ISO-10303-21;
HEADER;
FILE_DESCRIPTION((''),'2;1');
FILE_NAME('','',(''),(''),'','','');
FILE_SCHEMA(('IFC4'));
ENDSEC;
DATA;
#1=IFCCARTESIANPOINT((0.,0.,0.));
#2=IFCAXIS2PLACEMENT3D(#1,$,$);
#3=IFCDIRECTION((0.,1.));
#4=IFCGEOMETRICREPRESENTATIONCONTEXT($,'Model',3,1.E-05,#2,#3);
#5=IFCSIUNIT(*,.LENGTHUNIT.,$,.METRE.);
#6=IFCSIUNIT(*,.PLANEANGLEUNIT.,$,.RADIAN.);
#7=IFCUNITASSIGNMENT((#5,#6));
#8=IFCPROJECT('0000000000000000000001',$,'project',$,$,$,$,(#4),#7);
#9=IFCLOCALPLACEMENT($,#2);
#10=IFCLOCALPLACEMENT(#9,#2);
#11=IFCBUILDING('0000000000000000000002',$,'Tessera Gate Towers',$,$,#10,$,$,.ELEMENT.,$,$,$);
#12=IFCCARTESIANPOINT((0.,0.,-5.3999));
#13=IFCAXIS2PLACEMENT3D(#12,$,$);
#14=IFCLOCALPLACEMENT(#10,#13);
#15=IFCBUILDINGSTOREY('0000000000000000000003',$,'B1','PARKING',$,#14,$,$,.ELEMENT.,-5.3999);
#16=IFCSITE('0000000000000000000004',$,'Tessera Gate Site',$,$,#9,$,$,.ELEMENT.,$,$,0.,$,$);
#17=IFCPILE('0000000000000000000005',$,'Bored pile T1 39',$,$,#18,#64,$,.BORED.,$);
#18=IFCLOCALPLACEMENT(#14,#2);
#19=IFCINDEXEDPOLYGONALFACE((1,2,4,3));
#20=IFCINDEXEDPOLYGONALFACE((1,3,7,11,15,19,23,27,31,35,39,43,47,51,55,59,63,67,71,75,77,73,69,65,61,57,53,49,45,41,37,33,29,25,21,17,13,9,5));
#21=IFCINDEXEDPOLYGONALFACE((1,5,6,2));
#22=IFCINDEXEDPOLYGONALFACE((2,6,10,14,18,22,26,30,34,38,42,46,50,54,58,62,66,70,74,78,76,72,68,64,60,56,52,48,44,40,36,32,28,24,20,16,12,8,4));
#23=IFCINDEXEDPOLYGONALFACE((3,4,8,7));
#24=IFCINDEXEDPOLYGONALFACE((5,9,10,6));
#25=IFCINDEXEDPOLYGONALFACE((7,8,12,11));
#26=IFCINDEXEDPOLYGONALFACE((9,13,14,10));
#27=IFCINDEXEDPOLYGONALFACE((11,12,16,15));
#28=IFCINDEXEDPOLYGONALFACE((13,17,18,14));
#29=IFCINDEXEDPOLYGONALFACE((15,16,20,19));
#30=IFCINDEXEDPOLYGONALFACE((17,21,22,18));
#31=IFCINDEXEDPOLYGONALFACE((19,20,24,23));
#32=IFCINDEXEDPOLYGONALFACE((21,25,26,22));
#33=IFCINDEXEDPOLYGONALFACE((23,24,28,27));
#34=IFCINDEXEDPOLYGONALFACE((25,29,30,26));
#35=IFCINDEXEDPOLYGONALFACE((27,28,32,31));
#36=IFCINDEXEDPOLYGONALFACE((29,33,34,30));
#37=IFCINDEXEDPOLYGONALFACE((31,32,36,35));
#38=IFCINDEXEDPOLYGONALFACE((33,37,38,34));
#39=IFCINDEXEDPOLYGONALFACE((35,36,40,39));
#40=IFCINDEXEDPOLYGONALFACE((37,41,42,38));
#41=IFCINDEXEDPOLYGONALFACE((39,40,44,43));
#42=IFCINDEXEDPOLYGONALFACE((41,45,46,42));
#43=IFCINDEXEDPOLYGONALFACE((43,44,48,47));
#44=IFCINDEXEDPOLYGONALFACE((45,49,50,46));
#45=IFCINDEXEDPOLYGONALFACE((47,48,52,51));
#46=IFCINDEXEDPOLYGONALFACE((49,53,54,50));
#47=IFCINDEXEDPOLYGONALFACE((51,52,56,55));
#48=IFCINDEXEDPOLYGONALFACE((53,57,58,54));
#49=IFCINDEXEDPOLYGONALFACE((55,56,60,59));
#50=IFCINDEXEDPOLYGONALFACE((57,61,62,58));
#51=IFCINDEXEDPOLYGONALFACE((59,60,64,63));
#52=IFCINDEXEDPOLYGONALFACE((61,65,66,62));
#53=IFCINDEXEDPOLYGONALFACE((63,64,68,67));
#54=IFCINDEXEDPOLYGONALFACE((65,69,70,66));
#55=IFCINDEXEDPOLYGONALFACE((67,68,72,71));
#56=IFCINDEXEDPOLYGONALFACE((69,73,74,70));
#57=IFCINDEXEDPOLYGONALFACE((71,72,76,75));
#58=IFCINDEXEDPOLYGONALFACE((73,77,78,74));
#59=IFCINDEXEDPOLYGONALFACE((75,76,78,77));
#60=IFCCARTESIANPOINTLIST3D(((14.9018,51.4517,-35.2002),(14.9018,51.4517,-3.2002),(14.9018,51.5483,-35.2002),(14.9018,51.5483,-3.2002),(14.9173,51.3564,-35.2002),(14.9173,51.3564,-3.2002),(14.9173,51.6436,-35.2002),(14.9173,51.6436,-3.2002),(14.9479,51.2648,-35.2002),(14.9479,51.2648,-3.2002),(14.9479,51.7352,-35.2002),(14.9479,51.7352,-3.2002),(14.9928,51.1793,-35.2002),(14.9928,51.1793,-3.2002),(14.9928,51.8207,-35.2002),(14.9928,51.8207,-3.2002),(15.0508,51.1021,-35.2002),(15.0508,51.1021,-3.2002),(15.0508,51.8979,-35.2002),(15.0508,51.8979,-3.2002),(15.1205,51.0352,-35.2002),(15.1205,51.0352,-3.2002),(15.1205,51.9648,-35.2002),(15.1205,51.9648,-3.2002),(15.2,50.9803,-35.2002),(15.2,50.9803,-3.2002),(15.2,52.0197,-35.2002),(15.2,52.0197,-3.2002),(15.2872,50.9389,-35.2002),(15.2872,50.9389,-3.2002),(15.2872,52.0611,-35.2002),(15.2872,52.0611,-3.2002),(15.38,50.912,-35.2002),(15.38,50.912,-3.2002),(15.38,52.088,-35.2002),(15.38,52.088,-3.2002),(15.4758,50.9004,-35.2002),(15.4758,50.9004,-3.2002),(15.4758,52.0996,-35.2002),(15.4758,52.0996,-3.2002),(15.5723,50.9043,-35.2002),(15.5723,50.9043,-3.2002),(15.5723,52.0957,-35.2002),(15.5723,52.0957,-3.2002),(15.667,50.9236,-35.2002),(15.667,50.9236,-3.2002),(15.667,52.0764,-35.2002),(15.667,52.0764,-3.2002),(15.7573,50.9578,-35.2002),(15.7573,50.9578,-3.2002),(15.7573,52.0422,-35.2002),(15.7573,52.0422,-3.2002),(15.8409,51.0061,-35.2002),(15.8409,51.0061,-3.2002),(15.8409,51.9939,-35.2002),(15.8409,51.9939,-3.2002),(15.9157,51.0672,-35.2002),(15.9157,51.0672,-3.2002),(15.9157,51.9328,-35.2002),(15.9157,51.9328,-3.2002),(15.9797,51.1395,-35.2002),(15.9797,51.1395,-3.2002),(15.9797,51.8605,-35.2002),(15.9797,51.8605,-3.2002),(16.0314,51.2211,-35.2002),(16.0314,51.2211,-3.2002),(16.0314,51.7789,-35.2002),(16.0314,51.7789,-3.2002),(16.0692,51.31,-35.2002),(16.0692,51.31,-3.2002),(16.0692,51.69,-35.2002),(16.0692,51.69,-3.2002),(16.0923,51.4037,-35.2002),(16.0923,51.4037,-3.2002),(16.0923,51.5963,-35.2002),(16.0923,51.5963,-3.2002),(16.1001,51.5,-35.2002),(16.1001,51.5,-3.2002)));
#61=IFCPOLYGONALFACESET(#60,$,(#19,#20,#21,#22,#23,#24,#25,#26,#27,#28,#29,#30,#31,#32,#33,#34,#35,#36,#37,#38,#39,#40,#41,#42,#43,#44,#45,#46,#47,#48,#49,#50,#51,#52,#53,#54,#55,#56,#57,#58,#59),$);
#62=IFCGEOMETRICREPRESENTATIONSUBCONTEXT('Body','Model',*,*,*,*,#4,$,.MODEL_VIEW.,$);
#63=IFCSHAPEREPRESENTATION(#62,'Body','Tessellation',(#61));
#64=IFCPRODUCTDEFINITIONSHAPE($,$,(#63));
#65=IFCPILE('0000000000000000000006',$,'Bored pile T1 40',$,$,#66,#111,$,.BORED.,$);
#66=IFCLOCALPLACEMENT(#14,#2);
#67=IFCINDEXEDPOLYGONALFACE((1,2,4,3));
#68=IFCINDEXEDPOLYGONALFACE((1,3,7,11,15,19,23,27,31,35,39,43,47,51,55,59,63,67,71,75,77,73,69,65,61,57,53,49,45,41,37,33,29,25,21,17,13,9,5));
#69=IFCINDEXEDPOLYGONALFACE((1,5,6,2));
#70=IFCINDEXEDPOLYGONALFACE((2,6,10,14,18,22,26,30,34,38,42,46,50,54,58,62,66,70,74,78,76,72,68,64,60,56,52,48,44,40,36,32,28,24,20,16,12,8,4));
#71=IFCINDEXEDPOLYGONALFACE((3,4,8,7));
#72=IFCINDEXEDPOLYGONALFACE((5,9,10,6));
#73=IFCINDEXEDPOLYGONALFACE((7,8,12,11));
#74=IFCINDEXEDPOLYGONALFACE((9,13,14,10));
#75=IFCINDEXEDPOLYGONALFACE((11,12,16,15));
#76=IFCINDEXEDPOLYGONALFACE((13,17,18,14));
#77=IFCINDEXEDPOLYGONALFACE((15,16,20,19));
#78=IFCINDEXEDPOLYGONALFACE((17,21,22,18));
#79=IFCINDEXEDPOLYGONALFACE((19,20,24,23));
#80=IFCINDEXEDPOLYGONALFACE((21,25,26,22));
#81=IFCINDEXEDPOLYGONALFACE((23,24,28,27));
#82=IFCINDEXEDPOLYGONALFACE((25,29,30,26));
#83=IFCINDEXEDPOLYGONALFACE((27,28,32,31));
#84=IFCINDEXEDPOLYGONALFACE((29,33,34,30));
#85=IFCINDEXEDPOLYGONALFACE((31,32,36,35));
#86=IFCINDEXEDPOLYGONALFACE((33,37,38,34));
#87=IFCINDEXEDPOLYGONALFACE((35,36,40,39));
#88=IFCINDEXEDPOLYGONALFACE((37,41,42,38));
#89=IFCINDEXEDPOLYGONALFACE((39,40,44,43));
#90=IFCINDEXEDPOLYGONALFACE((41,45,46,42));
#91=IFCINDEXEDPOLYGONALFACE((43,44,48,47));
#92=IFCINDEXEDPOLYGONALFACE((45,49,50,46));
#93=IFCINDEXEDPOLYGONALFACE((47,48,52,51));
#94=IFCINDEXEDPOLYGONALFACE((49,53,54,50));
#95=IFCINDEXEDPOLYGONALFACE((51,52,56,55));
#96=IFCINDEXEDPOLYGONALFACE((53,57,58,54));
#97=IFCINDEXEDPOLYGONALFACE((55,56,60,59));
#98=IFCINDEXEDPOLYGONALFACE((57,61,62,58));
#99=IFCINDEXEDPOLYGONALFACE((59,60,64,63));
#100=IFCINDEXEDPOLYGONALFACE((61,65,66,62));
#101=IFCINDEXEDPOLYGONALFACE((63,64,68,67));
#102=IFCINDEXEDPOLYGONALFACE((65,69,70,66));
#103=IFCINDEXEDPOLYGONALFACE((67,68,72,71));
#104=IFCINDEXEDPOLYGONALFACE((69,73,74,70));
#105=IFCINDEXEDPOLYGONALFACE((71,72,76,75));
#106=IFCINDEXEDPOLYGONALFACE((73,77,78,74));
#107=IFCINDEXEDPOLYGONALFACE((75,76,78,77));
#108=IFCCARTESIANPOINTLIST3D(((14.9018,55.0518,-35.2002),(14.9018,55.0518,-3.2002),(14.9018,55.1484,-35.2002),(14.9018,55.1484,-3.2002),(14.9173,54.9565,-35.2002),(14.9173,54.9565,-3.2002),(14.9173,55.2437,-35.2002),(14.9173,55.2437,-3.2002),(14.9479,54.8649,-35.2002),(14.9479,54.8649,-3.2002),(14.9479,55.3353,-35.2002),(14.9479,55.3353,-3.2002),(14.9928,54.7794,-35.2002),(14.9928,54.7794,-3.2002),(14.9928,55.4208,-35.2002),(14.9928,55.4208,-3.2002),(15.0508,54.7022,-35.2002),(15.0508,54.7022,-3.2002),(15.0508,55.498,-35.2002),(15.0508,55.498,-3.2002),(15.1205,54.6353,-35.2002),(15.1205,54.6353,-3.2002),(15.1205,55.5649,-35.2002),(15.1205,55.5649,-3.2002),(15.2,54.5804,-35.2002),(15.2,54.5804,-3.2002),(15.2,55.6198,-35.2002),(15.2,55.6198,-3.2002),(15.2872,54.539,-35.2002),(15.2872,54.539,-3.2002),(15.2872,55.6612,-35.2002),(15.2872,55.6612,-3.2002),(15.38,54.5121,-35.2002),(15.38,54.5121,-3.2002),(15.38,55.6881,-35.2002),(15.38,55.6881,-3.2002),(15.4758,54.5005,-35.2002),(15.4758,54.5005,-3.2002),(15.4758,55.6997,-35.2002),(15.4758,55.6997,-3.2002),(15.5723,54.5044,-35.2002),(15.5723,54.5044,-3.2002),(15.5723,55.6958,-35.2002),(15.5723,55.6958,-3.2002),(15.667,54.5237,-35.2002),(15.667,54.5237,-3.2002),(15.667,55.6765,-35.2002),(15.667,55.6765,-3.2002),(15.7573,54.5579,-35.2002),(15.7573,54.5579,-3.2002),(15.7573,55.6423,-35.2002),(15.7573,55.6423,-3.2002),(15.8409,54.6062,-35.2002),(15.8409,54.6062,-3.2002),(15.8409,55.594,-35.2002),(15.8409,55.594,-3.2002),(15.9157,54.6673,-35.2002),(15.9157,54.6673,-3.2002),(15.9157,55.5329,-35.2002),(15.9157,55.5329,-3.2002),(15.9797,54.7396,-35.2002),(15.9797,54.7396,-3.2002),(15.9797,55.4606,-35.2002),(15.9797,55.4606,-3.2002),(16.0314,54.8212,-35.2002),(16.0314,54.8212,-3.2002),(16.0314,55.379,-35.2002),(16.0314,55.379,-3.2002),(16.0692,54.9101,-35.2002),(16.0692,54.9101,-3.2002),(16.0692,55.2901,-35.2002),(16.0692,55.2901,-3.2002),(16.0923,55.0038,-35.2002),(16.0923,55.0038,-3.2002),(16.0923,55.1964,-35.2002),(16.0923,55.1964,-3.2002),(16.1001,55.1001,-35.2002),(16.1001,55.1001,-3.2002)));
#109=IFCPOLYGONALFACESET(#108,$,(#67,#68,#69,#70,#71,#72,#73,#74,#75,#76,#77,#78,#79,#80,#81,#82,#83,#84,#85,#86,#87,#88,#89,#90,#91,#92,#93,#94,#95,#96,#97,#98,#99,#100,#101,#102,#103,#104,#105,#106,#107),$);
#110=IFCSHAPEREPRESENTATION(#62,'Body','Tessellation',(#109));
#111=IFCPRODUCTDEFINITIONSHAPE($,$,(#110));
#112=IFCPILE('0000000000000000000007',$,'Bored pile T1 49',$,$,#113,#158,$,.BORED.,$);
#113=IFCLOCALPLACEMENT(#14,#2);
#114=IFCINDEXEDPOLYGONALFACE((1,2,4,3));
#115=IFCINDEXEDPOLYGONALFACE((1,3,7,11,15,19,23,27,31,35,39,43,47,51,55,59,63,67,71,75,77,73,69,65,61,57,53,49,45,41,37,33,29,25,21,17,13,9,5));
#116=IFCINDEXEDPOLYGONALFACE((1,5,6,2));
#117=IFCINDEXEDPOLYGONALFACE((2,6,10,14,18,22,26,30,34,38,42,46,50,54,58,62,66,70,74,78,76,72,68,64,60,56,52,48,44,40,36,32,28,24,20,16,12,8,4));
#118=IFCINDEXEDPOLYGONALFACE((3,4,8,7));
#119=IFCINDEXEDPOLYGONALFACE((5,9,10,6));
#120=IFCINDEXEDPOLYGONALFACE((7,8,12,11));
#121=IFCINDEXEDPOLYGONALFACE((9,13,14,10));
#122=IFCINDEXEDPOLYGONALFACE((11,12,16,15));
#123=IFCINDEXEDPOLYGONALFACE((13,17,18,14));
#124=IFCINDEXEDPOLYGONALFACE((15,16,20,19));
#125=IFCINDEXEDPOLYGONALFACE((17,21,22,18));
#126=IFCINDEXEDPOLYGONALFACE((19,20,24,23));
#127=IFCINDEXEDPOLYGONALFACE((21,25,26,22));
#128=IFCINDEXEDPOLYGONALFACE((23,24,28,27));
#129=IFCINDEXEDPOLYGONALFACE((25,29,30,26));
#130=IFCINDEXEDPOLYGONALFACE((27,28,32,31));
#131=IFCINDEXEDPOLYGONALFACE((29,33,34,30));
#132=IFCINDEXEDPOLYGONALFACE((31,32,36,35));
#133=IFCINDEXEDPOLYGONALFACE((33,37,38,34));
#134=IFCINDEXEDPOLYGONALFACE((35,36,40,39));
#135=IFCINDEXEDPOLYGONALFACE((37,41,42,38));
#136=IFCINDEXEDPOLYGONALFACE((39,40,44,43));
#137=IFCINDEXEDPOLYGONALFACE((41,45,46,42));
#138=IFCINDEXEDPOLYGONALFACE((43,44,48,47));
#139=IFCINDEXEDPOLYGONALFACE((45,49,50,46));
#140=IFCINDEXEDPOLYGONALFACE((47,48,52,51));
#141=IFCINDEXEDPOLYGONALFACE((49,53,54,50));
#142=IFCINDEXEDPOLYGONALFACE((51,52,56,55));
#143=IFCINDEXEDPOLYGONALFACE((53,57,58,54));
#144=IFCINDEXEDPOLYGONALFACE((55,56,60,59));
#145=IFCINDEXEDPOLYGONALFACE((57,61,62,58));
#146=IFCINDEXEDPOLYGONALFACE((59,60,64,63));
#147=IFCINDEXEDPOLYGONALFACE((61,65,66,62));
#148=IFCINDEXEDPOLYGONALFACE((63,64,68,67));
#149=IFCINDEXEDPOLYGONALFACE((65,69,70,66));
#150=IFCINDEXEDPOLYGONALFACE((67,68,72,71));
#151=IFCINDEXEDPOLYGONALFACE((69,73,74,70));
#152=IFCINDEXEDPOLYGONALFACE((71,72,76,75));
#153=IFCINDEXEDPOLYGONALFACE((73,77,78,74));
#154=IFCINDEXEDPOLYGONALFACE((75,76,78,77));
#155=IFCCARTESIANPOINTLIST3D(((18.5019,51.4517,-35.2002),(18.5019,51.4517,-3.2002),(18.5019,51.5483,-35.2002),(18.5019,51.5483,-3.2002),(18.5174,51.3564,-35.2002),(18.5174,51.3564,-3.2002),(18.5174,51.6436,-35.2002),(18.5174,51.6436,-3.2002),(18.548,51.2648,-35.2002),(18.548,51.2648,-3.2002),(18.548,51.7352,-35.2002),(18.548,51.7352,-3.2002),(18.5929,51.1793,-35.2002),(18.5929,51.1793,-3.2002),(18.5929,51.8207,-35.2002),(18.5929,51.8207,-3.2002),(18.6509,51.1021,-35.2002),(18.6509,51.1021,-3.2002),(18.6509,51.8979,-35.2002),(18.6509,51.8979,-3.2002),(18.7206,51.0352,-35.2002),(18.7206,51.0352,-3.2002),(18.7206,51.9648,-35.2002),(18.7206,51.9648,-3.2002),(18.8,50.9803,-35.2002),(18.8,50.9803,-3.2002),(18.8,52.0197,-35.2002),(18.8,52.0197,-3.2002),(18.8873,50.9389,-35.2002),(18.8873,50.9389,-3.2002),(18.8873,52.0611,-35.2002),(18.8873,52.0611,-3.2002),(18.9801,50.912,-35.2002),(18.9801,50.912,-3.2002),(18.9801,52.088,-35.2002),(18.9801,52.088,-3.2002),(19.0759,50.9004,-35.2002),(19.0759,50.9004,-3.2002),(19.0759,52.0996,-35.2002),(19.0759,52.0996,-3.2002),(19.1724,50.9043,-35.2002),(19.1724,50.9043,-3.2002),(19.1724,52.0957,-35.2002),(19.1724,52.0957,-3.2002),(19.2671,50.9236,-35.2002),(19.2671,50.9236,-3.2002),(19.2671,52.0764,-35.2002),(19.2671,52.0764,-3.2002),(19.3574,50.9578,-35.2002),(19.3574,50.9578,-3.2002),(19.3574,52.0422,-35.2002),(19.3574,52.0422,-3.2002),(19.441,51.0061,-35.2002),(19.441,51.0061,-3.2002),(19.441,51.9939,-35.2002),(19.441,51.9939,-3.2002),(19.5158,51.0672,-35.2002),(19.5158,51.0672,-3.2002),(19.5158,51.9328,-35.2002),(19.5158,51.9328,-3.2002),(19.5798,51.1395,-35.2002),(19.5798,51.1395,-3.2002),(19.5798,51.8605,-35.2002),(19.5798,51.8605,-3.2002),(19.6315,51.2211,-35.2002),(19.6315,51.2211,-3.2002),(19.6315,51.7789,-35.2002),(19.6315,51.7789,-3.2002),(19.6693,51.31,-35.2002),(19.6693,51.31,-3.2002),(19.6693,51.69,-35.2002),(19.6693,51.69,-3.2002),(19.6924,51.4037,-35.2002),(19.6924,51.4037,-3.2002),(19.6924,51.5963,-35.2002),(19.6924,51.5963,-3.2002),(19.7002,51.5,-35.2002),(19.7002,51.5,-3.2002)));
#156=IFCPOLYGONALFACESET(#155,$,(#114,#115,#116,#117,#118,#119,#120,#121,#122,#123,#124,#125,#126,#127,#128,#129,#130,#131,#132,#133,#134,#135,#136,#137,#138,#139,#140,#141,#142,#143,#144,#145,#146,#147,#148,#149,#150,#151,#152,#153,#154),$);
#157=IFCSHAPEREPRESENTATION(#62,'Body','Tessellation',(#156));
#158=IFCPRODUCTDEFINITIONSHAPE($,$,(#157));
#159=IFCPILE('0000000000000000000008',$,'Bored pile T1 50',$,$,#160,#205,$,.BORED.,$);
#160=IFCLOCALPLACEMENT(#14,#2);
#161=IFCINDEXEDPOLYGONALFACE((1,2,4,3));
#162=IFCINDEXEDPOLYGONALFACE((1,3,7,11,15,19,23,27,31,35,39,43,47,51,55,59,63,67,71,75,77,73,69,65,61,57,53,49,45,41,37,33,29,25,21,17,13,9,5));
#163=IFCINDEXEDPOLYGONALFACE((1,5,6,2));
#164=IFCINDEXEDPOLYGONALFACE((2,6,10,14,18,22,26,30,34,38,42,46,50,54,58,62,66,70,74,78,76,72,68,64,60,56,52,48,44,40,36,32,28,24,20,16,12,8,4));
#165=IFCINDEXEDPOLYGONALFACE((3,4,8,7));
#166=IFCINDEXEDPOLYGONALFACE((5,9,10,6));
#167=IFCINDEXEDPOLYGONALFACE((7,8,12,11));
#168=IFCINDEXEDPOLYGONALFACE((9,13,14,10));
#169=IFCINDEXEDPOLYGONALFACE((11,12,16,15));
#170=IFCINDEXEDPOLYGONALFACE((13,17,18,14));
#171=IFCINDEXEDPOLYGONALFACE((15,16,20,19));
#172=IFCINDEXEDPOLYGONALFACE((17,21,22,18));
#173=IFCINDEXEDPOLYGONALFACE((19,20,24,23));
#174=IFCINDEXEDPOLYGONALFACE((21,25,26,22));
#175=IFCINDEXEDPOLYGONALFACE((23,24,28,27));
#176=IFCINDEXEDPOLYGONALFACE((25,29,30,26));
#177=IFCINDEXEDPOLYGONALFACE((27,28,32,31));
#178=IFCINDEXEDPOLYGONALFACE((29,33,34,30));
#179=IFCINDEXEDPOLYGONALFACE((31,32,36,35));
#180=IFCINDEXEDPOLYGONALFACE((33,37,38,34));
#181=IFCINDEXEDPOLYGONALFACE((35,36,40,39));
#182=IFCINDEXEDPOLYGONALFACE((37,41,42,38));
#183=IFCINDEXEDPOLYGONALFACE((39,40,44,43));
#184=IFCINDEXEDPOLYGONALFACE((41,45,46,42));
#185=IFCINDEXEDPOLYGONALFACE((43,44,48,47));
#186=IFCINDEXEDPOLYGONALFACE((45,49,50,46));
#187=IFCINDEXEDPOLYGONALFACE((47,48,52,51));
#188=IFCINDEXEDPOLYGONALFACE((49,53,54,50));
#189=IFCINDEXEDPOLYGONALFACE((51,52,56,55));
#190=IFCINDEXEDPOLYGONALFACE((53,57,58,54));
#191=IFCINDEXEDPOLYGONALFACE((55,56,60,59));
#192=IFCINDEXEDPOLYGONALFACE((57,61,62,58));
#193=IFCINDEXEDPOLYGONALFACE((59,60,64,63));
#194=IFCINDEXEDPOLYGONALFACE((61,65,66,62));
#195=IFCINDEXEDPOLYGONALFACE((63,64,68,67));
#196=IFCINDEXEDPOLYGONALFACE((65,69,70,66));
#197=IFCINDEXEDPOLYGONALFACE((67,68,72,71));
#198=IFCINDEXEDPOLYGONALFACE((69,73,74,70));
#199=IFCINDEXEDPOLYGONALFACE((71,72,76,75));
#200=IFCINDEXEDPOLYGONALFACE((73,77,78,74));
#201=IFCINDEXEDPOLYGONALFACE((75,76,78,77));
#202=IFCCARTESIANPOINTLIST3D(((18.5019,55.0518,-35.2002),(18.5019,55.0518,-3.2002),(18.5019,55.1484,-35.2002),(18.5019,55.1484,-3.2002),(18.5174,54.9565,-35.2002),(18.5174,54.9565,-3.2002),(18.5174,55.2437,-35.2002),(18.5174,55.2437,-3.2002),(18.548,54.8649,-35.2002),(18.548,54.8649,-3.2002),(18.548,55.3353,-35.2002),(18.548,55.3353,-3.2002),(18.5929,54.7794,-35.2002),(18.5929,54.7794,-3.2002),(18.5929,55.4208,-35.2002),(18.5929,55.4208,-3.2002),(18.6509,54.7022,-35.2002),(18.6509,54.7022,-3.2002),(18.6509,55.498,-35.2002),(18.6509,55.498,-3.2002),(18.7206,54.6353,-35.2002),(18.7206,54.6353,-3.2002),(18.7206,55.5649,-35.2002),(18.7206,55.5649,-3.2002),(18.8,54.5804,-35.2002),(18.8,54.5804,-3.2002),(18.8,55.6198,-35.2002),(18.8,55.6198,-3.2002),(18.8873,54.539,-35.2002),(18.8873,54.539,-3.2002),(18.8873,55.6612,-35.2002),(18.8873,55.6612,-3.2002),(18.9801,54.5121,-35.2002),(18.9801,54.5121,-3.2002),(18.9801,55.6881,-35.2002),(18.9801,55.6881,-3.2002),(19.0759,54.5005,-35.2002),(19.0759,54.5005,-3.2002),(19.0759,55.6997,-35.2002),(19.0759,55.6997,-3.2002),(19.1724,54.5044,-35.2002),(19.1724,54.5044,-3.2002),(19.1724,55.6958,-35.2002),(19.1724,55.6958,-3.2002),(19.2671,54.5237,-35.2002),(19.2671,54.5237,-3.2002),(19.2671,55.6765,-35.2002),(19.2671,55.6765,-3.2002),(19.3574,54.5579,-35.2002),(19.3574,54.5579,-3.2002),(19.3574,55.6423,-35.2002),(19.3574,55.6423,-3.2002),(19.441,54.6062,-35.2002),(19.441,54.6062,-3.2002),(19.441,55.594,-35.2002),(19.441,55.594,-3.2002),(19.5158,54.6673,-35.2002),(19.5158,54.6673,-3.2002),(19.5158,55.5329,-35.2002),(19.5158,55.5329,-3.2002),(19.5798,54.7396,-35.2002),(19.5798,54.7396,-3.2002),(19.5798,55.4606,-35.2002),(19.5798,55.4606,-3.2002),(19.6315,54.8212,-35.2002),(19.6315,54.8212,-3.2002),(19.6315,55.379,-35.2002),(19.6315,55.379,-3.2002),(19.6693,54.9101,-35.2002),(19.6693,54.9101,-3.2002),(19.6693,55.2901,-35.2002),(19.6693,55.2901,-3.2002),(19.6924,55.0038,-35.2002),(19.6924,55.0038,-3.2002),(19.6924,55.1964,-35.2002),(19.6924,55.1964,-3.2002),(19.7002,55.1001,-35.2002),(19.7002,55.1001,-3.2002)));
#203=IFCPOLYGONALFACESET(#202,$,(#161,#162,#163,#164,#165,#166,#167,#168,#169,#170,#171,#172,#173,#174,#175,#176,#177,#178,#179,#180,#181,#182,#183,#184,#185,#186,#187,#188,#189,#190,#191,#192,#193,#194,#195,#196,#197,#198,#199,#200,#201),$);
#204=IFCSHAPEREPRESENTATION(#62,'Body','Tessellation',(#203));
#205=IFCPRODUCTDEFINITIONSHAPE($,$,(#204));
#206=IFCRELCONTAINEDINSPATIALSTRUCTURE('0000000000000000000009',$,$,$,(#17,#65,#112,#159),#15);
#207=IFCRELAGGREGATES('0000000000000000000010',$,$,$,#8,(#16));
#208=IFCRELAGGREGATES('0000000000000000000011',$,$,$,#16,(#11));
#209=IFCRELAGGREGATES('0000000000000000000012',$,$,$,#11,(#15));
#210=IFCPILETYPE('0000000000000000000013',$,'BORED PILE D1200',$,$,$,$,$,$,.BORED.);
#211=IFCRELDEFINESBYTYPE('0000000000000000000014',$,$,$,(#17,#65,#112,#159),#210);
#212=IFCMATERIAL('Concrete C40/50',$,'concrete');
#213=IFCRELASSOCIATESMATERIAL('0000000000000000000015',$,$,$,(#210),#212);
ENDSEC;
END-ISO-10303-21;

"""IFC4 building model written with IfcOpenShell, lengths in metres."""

from ifc_helpers import new_model, si_unit, direction, frame, origin, origin_2d, place, context, subcontext, project, spatial, circle, extrude, material, material_profile, profile_set, type_object, element, save


model = new_model("IFC4")

# Units and contexts
model_context = context("Model", 3, precision=1e-05, world=origin(), true_north=direction((0.0, 1.0)))
body_context = subcontext(model_context, "Body", "Model", "MODEL_VIEW")
ifc_project = project(units=[si_unit("LENGTHUNIT", "METRE"), si_unit("PLANEANGLEUNIT", "RADIAN")], contexts=[model_context])

# Site, building, storey
site_placement = place(None, origin())
site = spatial("IfcSite", under=ifc_project, at=site_placement, Name="Tessera Gate Site", CompositionType="ELEMENT", RefElevation=0.0)
building_placement = place(site_placement, origin())
building = spatial("IfcBuilding", under=site, at=building_placement, Name="Tessera Gate Towers", CompositionType="ELEMENT")
storey_placement = place(building_placement, frame((0.0, 0.0, -5.3999)))
storey = spatial("IfcBuildingStorey", under=building, at=storey_placement, Name="B1", Description="PARKING", CompositionType="ELEMENT", Elevation=-5.3999)

# Piles
ifc_material_1 = material(Name="Concrete C40/50", Category="concrete")
ifc_material_profile_1 = material_profile(ifc_material_1, circle(Radius=0.6001, at=origin_2d()), Name="BORED PILE D1200")
ifc_profile_set_1 = profile_set([ifc_material_profile_1], Name="Concrete C40/50")
pile_type = type_object("IfcPileType", Name="BORED PILE D1200", PredefinedType="BORED", material=ifc_profile_set_1)
for number, where, z_axis, x_axis, name in (
    (1, (15.5, 51.5, -3.2002), (0.0, 0.0, -1.0), (1.0, 0.0, 0.0), "Bored pile T1 39"),
    (2, (15.5, 55.1001, -3.2002), (0.0, 0.0, -1.0), (1.0, 0.0, 0.0), "Bored pile T1 40"),
    (3, (19.1001, 51.5, -3.2002), (0.0, 0.0, -1.0), (1.0, 0.0, 0.0), "Bored pile T1 49"),
    (4, (19.1001, 55.1001, -3.2002), (0.0, 0.0, -1.0), (1.0, 0.0, 0.0), "Bored pile T1 50"),
):
    element("IfcPile", number, at=place(storey_placement, frame(where, z_axis=z_axis, x_axis=x_axis)), inside=storey, type_object=pile_type, Name=name, PredefinedType="BORED", context=body_context, shape_type="SweptSolid", body=[
        extrude(circle(Radius=0.6001, at=origin_2d()), origin(), (0.0, 0.0, 1.0), 32.0),
    ])

save(model, "model.ifc")
